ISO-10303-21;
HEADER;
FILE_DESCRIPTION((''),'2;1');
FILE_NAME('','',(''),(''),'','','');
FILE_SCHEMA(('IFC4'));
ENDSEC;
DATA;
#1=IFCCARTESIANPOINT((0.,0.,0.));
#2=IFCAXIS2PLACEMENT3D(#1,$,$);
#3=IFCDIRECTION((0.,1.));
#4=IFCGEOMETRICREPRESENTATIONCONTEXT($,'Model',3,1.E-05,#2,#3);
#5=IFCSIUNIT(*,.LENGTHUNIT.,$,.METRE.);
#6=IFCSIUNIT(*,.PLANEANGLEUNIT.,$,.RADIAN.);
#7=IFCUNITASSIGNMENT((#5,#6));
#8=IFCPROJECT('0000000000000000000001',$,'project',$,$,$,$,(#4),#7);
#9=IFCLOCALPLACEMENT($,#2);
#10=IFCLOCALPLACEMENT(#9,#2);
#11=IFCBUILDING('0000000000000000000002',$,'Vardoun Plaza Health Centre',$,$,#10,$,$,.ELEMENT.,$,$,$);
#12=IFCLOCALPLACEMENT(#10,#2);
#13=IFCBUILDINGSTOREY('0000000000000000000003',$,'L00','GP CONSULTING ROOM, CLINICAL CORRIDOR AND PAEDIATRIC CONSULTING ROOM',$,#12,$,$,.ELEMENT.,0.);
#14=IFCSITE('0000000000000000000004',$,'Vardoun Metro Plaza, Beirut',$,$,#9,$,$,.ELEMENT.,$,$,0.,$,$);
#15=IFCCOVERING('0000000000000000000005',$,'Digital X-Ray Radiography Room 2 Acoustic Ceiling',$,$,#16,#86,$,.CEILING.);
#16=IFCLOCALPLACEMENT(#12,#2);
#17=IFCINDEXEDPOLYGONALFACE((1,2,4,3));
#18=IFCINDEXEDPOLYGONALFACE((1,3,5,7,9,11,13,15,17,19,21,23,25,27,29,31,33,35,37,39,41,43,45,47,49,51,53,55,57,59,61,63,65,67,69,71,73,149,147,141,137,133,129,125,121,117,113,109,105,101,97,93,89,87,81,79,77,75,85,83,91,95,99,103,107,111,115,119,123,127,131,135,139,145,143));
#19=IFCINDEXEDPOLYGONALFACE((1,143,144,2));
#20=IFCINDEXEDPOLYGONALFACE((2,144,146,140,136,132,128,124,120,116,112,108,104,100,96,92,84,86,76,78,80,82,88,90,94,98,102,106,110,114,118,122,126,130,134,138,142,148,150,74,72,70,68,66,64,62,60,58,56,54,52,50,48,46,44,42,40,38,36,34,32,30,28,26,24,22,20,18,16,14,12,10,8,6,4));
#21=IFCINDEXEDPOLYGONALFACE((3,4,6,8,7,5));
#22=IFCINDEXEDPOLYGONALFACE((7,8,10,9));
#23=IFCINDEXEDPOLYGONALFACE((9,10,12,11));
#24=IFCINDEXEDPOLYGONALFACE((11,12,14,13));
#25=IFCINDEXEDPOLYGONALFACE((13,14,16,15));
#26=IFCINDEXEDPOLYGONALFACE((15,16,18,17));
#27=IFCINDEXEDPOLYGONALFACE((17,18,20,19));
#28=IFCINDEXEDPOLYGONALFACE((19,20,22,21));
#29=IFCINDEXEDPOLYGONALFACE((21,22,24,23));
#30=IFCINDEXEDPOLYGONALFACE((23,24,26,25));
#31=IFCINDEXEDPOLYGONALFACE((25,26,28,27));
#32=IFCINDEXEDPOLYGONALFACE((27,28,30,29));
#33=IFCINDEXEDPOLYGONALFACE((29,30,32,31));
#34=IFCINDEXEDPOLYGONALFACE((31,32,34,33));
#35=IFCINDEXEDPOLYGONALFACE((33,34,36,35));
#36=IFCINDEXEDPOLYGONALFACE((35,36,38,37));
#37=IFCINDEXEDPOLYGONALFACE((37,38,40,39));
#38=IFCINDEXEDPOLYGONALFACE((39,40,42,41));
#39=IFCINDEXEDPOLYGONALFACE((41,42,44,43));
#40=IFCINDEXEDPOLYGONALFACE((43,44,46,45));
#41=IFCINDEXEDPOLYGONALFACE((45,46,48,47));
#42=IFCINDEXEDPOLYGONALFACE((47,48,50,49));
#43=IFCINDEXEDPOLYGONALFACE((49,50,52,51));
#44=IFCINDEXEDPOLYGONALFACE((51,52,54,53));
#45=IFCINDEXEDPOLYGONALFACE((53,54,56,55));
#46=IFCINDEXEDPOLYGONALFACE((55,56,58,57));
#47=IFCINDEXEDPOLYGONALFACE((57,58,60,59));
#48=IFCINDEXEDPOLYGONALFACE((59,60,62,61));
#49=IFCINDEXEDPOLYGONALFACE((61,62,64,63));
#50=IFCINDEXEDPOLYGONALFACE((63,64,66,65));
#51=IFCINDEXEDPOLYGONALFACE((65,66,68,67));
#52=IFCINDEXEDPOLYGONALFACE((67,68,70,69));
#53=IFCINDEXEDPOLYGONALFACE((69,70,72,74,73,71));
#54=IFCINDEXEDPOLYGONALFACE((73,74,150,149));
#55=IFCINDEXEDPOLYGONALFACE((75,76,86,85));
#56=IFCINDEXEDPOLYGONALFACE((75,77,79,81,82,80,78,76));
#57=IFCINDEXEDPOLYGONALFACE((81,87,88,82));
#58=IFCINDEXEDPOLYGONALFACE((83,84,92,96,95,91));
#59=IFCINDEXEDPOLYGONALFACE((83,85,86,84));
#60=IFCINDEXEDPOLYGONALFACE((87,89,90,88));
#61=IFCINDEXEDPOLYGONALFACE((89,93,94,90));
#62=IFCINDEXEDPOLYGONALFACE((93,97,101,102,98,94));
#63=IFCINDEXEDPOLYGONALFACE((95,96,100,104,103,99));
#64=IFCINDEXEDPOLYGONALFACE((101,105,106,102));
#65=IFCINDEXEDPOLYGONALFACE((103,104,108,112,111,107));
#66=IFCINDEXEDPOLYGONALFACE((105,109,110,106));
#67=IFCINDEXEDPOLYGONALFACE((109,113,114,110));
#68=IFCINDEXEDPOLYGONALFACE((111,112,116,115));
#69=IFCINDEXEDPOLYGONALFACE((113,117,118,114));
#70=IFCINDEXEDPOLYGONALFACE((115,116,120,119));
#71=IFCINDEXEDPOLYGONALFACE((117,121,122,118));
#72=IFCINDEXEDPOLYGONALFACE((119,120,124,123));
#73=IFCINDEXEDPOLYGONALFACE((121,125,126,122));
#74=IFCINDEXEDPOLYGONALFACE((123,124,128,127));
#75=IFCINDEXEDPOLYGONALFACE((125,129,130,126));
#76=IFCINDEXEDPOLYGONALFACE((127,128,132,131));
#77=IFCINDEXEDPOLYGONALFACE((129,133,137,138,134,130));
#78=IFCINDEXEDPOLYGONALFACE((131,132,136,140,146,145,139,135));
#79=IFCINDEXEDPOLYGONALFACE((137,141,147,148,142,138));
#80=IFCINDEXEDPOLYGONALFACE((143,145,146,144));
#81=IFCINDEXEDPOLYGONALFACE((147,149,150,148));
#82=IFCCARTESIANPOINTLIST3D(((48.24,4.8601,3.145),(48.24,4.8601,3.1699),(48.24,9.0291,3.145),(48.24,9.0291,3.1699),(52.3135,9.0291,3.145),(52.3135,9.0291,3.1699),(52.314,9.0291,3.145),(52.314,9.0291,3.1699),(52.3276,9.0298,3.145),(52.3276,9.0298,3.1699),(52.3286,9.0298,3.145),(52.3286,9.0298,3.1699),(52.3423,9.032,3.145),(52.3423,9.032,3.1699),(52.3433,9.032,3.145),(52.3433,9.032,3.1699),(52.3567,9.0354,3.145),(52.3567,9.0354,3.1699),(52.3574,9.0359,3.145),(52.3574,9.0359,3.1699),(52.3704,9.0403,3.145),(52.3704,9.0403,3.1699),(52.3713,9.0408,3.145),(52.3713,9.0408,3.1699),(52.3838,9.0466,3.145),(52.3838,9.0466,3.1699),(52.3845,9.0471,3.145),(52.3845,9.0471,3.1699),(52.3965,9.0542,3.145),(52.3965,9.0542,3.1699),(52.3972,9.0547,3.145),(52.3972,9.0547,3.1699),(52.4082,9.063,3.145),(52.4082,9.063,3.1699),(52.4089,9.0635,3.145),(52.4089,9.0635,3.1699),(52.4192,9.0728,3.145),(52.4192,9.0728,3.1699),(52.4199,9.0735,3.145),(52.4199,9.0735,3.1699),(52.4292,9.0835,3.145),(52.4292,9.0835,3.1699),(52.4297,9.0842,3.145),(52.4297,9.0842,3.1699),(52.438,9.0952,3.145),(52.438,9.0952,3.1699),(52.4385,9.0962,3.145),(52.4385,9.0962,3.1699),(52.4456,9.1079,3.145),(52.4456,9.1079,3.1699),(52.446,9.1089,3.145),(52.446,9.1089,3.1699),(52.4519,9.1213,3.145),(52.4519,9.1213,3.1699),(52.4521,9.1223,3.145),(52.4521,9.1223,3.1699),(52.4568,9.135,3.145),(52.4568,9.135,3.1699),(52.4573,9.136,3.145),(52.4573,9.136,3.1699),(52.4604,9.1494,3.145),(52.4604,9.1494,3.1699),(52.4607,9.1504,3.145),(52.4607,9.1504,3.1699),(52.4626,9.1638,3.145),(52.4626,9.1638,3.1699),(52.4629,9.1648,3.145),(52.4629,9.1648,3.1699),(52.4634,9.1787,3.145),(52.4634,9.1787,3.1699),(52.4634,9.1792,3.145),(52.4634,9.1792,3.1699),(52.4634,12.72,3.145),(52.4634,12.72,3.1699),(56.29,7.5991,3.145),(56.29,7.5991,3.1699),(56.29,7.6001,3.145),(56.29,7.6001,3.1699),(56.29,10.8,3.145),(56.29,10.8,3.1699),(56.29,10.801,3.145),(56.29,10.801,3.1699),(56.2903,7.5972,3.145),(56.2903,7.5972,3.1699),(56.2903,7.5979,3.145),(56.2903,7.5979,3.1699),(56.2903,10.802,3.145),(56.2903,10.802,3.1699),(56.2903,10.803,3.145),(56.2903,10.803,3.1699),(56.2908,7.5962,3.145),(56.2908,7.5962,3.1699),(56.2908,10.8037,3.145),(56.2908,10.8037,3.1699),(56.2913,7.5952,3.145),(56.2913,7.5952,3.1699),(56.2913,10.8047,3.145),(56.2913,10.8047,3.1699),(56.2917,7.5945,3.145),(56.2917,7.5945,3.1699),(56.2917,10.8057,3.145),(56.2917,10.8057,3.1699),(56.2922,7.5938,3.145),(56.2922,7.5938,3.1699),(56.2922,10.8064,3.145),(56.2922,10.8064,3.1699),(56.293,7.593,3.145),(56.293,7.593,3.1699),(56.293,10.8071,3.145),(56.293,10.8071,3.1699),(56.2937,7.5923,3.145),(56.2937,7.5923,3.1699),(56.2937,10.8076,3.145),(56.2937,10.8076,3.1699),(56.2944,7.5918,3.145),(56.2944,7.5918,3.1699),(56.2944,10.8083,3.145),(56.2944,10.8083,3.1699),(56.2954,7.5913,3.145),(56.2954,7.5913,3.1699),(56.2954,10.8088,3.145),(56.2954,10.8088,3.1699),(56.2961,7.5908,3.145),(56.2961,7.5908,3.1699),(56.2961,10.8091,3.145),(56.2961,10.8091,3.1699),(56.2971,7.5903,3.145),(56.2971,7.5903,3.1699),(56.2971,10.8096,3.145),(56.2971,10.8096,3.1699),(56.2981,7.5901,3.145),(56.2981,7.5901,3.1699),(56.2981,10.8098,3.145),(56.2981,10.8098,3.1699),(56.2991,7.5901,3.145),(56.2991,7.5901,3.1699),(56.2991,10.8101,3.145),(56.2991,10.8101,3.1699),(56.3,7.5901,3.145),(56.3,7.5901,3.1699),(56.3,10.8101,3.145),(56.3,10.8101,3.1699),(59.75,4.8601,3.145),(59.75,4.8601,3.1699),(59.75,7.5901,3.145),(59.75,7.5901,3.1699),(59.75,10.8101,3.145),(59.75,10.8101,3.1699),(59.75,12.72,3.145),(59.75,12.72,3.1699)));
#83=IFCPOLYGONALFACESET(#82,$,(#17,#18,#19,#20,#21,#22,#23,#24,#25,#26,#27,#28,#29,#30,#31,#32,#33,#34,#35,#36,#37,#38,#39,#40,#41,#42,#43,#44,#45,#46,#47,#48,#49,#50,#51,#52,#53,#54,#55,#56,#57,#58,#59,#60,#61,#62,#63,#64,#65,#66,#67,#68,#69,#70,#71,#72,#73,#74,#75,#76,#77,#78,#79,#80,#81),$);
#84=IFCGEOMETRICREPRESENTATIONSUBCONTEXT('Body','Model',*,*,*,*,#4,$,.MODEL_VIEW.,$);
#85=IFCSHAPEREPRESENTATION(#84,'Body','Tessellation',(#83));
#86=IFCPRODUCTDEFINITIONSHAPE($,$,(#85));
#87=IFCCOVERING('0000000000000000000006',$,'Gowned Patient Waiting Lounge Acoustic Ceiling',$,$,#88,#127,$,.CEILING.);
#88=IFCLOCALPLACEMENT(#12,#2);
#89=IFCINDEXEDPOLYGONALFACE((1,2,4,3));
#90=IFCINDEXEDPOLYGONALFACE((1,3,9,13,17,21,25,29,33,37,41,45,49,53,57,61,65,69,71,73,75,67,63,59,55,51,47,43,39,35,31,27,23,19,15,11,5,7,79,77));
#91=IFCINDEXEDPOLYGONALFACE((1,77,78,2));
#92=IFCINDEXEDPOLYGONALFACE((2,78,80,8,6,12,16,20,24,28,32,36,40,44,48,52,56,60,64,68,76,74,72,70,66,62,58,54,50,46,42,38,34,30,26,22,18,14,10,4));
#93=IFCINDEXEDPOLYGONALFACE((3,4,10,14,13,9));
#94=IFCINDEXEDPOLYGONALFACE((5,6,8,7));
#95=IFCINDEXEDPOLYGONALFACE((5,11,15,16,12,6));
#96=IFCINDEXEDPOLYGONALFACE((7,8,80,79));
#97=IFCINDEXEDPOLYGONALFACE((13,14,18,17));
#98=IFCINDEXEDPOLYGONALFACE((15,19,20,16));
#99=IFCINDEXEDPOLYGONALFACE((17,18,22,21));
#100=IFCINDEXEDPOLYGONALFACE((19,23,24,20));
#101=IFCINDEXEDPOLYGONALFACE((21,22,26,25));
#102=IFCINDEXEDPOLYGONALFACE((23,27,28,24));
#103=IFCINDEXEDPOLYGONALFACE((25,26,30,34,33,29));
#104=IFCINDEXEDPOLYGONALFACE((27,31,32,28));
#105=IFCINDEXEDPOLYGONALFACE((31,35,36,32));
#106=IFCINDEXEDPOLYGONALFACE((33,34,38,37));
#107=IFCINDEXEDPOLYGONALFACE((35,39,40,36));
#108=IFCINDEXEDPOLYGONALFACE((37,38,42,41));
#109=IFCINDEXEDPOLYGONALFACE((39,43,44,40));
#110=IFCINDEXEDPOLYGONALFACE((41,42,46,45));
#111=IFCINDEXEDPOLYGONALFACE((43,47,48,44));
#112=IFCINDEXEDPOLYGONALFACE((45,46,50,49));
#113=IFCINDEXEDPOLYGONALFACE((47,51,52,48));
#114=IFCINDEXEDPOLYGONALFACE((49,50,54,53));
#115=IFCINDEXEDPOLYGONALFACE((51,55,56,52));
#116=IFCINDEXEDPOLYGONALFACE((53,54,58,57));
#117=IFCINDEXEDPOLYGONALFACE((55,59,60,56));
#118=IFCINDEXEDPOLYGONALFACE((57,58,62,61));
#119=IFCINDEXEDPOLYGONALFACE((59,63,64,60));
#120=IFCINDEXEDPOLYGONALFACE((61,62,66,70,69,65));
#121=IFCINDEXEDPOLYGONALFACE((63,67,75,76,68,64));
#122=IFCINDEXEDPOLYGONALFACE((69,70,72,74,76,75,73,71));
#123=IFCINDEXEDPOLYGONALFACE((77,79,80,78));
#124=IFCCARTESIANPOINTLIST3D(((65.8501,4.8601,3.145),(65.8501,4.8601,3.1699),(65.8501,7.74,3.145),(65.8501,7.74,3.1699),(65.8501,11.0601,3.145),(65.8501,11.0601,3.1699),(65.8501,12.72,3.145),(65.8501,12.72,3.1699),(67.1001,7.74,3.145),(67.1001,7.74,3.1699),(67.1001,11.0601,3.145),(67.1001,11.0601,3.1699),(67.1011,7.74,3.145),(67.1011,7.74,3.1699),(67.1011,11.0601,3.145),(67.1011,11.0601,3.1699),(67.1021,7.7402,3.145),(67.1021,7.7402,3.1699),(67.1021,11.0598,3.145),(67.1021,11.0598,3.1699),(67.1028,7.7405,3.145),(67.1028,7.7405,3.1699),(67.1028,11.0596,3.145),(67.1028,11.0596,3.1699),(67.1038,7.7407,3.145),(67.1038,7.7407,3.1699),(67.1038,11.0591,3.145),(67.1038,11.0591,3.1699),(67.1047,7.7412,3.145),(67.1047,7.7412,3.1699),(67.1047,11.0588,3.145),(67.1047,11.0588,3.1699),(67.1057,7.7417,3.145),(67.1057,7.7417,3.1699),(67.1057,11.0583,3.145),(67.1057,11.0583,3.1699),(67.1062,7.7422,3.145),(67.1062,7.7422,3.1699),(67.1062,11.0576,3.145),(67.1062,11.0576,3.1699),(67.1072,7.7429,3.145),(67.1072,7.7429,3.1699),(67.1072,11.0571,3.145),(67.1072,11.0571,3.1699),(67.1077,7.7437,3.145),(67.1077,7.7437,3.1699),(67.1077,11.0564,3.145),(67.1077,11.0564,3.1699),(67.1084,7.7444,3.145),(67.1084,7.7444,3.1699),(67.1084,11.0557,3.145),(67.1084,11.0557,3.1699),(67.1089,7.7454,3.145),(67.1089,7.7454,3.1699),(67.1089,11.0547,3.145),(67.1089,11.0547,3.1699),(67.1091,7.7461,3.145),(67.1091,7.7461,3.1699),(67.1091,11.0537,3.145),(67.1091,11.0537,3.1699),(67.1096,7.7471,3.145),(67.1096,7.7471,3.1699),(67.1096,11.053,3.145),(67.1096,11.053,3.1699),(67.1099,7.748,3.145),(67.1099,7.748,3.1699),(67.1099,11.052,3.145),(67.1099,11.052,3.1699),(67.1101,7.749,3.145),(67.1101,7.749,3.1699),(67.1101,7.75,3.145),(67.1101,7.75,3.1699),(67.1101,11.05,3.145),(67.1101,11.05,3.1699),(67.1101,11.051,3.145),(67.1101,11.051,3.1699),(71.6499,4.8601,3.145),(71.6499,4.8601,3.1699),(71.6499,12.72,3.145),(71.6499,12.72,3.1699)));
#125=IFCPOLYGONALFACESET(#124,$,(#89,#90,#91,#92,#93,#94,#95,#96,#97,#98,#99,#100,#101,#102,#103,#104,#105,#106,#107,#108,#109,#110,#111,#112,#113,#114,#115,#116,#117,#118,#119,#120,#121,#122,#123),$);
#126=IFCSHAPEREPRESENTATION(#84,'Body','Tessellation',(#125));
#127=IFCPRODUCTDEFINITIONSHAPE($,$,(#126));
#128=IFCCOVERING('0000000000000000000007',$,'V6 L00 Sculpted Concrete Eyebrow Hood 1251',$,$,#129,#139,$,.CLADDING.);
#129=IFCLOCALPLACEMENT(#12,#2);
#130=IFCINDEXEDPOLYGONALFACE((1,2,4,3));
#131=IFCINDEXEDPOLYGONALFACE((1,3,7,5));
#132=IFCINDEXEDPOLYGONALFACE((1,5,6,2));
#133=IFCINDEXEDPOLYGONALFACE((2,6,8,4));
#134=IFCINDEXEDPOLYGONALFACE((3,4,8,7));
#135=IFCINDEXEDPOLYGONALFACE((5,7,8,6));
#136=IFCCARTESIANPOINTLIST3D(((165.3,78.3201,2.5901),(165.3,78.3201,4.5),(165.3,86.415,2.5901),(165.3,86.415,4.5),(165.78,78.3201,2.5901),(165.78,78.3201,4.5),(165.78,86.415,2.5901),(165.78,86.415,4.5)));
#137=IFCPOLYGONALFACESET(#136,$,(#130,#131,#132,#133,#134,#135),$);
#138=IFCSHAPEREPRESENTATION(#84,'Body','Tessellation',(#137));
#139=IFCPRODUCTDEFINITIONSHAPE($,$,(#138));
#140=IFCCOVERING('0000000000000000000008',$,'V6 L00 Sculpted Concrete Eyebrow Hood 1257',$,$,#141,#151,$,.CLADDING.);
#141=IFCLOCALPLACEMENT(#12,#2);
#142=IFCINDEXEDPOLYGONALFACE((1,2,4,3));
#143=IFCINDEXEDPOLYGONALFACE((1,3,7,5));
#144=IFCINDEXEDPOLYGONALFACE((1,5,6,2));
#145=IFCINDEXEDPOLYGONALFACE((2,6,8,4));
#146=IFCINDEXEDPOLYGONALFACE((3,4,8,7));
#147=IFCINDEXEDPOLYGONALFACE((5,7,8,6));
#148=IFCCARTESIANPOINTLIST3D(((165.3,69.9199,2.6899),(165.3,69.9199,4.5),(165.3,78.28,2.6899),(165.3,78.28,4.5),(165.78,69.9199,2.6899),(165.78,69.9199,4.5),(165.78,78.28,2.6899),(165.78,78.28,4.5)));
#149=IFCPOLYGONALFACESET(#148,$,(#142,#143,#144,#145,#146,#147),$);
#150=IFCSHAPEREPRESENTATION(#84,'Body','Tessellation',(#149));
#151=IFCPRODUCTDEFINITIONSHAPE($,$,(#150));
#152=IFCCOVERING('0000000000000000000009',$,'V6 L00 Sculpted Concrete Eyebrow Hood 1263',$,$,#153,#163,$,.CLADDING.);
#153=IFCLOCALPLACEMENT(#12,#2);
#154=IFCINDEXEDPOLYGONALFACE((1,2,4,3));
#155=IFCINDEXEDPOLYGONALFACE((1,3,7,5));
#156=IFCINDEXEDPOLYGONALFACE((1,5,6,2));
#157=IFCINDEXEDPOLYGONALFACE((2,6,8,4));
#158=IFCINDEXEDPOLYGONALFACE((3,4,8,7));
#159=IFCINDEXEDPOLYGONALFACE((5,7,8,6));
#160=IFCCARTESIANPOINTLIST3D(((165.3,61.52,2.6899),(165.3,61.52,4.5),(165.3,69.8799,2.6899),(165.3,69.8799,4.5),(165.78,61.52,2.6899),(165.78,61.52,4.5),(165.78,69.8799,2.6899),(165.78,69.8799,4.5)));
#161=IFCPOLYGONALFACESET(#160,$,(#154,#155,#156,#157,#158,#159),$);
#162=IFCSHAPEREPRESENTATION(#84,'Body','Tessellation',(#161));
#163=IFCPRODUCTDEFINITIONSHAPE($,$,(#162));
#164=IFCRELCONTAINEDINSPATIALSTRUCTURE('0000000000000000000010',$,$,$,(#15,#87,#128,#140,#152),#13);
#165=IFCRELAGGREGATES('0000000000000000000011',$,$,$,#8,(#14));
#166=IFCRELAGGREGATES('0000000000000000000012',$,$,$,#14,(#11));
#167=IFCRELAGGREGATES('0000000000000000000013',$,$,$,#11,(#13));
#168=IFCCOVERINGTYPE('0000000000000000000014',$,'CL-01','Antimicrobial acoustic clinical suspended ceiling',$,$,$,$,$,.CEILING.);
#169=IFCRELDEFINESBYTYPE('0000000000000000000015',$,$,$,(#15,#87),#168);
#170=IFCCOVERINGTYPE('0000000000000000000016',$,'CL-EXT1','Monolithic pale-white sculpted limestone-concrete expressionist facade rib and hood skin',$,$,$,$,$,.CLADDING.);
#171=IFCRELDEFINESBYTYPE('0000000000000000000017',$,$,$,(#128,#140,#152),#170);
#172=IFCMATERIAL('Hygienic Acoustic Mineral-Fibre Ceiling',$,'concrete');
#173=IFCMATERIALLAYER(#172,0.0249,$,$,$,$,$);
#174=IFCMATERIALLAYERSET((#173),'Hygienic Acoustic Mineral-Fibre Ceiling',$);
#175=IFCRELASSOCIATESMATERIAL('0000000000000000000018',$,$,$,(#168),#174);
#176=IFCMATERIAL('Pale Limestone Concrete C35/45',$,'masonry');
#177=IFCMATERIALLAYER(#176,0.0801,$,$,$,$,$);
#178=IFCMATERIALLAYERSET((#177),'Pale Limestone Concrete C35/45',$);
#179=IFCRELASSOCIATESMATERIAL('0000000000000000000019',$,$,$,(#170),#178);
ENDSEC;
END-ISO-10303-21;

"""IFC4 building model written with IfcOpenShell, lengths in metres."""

from ifc_helpers import new_model, si_unit, direction, frame, origin, place, context, subcontext, project, spatial, polyline, outline, extrude, material, layer, layer_set, type_object, element, save


model = new_model("IFC4")

# Units and contexts
model_context = context("Model", 3, precision=1e-05, world=origin(), true_north=direction((0.0, 1.0)))
body_context = subcontext(model_context, "Body", "Model", "MODEL_VIEW")
ifc_project = project(units=[si_unit("LENGTHUNIT", "METRE"), si_unit("PLANEANGLEUNIT", "RADIAN")], contexts=[model_context])

# Site, building, storey
site_placement = place(None, origin())
site = spatial("IfcSite", under=ifc_project, at=site_placement, Name="Vardoun Metro Plaza, Beirut", CompositionType="ELEMENT", RefElevation=0.0)
building_placement = place(site_placement, origin())
building = spatial("IfcBuilding", under=site, at=building_placement, Name="Vardoun Plaza Health Centre", CompositionType="ELEMENT")
storey_placement = place(building_placement, origin())
storey = spatial("IfcBuildingStorey", under=building, at=storey_placement, Name="L00", Description="GP CONSULTING ROOM, CLINICAL CORRIDOR AND PAEDIATRIC CONSULTING ROOM", CompositionType="ELEMENT", Elevation=0.0)

# Coverings
ifc_material_1 = material(Name="Hygienic Acoustic Mineral-Fibre Ceiling", Category="concrete")
ifc_layer_1 = layer(ifc_material_1, 0.0249)
ifc_layer_set_1 = layer_set([ifc_layer_1], Name="Hygienic Acoustic Mineral-Fibre Ceiling")
covering_type_1 = type_object("IfcCoveringType", Name="CL-01", Description="Antimicrobial acoustic clinical suspended ceiling", PredefinedType="CEILING", material=ifc_layer_set_1)
covering_1_placement = place(storey_placement, frame((0.0, 0.0, 3.145)))
element("IfcCovering", 1, at=covering_1_placement, inside=storey, type_object=covering_type_1, Name="Digital X-Ray Radiography Room 2 Acoustic Ceiling", PredefinedType="CEILING", context=body_context, shape_type="SweptSolid", body=[
    extrude(outline(polyline([(59.75, 10.8101), (56.3, 10.8101), (56.2991, 10.8101), (56.2981, 10.8098), (56.2971, 10.8096), (56.2961, 10.8091), (56.2954, 10.8088), (56.2944, 10.8083), (56.2937, 10.8076), (56.293, 10.8071), (56.2922, 10.8064), (56.2917, 10.8057), (56.2913, 10.8047), (56.2908, 10.8037), (56.2903, 10.803), (56.2903, 10.802), (56.29, 10.801), (56.29, 10.8), (56.29, 7.6001), (56.29, 7.5991), (56.2903, 7.5979), (56.2903, 7.5972), (56.2908, 7.5962), (56.2913, 7.5952), (56.2917, 7.5945), (56.2922, 7.5938), (56.293, 7.593), (56.2937, 7.5923), (56.2944, 7.5918), (56.2954, 7.5913), (56.2961, 7.5908), (56.2971, 7.5903), (56.2981, 7.5901), (56.2991, 7.5901), (56.3, 7.5901), (59.75, 7.5901), (59.75, 4.8601), (48.24, 4.8601), (48.24, 9.0291), (52.3135, 9.0291), (52.314, 9.0291), (52.3276, 9.0298), (52.3286, 9.0298), (52.3423, 9.032), (52.3433, 9.032), (52.3567, 9.0354), (52.3574, 9.0359), (52.3704, 9.0403), (52.3713, 9.0408), (52.3838, 9.0466), (52.3845, 9.0471), (52.3965, 9.0542), (52.3972, 9.0547), (52.4082, 9.063), (52.4089, 9.0635), (52.4192, 9.0728), (52.4199, 9.0735), (52.4292, 9.0835), (52.4297, 9.0842), (52.438, 9.0952), (52.4385, 9.0962), (52.4456, 9.1079), (52.446, 9.1089), (52.4519, 9.1213), (52.4521, 9.1223), (52.4568, 9.135), (52.4573, 9.136), (52.4604, 9.1494), (52.4607, 9.1504), (52.4626, 9.1638), (52.4629, 9.1648), (52.4634, 9.1787), (52.4634, 9.1792), (52.4634, 12.72), (59.75, 12.72), (59.75, 10.8101)])), origin(), (0.0, 0.0, 1.0), 0.0249),
])
covering_2_placement = place(storey_placement, frame((0.0, 0.0, 3.145)))
element("IfcCovering", 2, at=covering_2_placement, inside=storey, type_object=covering_type_1, Name="Gowned Patient Waiting Lounge Acoustic Ceiling", PredefinedType="CEILING", context=body_context, shape_type="SweptSolid", body=[
    extrude(outline(polyline([(71.6499, 4.8601), (65.8501, 4.8601), (65.8501, 7.74), (67.1001, 7.74), (67.1011, 7.74), (67.1021, 7.7402), (67.1028, 7.7405), (67.1038, 7.7407), (67.1047, 7.7412), (67.1057, 7.7417), (67.1062, 7.7422), (67.1072, 7.7429), (67.1077, 7.7437), (67.1084, 7.7444), (67.1089, 7.7454), (67.1091, 7.7461), (67.1096, 7.7471), (67.1099, 7.748), (67.1101, 7.749), (67.1101, 7.75), (67.1101, 11.05), (67.1101, 11.051), (67.1099, 11.052), (67.1096, 11.053), (67.1091, 11.0537), (67.1089, 11.0547), (67.1084, 11.0557), (67.1077, 11.0564), (67.1072, 11.0571), (67.1062, 11.0576), (67.1057, 11.0583), (67.1047, 11.0588), (67.1038, 11.0591), (67.1028, 11.0596), (67.1021, 11.0598), (67.1011, 11.0601), (67.1001, 11.0601), (65.8501, 11.0601), (65.8501, 12.72), (71.6499, 12.72), (71.6499, 4.8601)])), origin(), (0.0, 0.0, 1.0), 0.0249),
])
ifc_material_2 = material(Name="Pale Limestone Concrete C35/45", Category="masonry")
ifc_layer_2 = layer(ifc_material_2, 0.0801)
ifc_layer_set_2 = layer_set([ifc_layer_2], Name="Pale Limestone Concrete C35/45")
covering_type_2 = type_object("IfcCoveringType", Name="CL-EXT1", Description="Monolithic pale-white sculpted limestone-concrete expressionist facade rib and hood skin", PredefinedType="CLADDING", material=ifc_layer_set_2)
covering_3_placement = place(storey_placement, frame((0.0, 0.0, 2.5901)))
element("IfcCovering", 3, at=covering_3_placement, inside=storey, type_object=covering_type_2, Name="V6 L00 Sculpted Concrete Eyebrow Hood 1251", PredefinedType="CLADDING", context=body_context, shape_type="SweptSolid", body=[
    extrude(outline(polyline([(165.3, 86.415), (165.3, 78.3201), (165.78, 78.3201), (165.78, 86.415), (165.3, 86.415)])), origin(), (0.0, 0.0, 1.0), 1.9099),
])
covering_4_placement = place(storey_placement, frame((0.0, 0.0, 2.6899)))
element("IfcCovering", 4, at=covering_4_placement, inside=storey, type_object=covering_type_2, Name="V6 L00 Sculpted Concrete Eyebrow Hood 1257", PredefinedType="CLADDING", context=body_context, shape_type="SweptSolid", body=[
    extrude(outline(polyline([(165.3, 78.28), (165.3, 69.9199), (165.78, 69.9199), (165.78, 78.28), (165.3, 78.28)])), origin(), (0.0, 0.0, 1.0), 1.8101),
])
covering_5_placement = place(storey_placement, frame((0.0, 0.0, 2.6899)))
element("IfcCovering", 5, at=covering_5_placement, inside=storey, type_object=covering_type_2, Name="V6 L00 Sculpted Concrete Eyebrow Hood 1263", PredefinedType="CLADDING", context=body_context, shape_type="SweptSolid", body=[
    extrude(outline(polyline([(165.3, 69.8799), (165.3, 61.52), (165.78, 61.52), (165.78, 69.8799), (165.3, 69.8799)])), origin(), (0.0, 0.0, 1.0), 1.8101),
])

save(model, "model.ifc")
